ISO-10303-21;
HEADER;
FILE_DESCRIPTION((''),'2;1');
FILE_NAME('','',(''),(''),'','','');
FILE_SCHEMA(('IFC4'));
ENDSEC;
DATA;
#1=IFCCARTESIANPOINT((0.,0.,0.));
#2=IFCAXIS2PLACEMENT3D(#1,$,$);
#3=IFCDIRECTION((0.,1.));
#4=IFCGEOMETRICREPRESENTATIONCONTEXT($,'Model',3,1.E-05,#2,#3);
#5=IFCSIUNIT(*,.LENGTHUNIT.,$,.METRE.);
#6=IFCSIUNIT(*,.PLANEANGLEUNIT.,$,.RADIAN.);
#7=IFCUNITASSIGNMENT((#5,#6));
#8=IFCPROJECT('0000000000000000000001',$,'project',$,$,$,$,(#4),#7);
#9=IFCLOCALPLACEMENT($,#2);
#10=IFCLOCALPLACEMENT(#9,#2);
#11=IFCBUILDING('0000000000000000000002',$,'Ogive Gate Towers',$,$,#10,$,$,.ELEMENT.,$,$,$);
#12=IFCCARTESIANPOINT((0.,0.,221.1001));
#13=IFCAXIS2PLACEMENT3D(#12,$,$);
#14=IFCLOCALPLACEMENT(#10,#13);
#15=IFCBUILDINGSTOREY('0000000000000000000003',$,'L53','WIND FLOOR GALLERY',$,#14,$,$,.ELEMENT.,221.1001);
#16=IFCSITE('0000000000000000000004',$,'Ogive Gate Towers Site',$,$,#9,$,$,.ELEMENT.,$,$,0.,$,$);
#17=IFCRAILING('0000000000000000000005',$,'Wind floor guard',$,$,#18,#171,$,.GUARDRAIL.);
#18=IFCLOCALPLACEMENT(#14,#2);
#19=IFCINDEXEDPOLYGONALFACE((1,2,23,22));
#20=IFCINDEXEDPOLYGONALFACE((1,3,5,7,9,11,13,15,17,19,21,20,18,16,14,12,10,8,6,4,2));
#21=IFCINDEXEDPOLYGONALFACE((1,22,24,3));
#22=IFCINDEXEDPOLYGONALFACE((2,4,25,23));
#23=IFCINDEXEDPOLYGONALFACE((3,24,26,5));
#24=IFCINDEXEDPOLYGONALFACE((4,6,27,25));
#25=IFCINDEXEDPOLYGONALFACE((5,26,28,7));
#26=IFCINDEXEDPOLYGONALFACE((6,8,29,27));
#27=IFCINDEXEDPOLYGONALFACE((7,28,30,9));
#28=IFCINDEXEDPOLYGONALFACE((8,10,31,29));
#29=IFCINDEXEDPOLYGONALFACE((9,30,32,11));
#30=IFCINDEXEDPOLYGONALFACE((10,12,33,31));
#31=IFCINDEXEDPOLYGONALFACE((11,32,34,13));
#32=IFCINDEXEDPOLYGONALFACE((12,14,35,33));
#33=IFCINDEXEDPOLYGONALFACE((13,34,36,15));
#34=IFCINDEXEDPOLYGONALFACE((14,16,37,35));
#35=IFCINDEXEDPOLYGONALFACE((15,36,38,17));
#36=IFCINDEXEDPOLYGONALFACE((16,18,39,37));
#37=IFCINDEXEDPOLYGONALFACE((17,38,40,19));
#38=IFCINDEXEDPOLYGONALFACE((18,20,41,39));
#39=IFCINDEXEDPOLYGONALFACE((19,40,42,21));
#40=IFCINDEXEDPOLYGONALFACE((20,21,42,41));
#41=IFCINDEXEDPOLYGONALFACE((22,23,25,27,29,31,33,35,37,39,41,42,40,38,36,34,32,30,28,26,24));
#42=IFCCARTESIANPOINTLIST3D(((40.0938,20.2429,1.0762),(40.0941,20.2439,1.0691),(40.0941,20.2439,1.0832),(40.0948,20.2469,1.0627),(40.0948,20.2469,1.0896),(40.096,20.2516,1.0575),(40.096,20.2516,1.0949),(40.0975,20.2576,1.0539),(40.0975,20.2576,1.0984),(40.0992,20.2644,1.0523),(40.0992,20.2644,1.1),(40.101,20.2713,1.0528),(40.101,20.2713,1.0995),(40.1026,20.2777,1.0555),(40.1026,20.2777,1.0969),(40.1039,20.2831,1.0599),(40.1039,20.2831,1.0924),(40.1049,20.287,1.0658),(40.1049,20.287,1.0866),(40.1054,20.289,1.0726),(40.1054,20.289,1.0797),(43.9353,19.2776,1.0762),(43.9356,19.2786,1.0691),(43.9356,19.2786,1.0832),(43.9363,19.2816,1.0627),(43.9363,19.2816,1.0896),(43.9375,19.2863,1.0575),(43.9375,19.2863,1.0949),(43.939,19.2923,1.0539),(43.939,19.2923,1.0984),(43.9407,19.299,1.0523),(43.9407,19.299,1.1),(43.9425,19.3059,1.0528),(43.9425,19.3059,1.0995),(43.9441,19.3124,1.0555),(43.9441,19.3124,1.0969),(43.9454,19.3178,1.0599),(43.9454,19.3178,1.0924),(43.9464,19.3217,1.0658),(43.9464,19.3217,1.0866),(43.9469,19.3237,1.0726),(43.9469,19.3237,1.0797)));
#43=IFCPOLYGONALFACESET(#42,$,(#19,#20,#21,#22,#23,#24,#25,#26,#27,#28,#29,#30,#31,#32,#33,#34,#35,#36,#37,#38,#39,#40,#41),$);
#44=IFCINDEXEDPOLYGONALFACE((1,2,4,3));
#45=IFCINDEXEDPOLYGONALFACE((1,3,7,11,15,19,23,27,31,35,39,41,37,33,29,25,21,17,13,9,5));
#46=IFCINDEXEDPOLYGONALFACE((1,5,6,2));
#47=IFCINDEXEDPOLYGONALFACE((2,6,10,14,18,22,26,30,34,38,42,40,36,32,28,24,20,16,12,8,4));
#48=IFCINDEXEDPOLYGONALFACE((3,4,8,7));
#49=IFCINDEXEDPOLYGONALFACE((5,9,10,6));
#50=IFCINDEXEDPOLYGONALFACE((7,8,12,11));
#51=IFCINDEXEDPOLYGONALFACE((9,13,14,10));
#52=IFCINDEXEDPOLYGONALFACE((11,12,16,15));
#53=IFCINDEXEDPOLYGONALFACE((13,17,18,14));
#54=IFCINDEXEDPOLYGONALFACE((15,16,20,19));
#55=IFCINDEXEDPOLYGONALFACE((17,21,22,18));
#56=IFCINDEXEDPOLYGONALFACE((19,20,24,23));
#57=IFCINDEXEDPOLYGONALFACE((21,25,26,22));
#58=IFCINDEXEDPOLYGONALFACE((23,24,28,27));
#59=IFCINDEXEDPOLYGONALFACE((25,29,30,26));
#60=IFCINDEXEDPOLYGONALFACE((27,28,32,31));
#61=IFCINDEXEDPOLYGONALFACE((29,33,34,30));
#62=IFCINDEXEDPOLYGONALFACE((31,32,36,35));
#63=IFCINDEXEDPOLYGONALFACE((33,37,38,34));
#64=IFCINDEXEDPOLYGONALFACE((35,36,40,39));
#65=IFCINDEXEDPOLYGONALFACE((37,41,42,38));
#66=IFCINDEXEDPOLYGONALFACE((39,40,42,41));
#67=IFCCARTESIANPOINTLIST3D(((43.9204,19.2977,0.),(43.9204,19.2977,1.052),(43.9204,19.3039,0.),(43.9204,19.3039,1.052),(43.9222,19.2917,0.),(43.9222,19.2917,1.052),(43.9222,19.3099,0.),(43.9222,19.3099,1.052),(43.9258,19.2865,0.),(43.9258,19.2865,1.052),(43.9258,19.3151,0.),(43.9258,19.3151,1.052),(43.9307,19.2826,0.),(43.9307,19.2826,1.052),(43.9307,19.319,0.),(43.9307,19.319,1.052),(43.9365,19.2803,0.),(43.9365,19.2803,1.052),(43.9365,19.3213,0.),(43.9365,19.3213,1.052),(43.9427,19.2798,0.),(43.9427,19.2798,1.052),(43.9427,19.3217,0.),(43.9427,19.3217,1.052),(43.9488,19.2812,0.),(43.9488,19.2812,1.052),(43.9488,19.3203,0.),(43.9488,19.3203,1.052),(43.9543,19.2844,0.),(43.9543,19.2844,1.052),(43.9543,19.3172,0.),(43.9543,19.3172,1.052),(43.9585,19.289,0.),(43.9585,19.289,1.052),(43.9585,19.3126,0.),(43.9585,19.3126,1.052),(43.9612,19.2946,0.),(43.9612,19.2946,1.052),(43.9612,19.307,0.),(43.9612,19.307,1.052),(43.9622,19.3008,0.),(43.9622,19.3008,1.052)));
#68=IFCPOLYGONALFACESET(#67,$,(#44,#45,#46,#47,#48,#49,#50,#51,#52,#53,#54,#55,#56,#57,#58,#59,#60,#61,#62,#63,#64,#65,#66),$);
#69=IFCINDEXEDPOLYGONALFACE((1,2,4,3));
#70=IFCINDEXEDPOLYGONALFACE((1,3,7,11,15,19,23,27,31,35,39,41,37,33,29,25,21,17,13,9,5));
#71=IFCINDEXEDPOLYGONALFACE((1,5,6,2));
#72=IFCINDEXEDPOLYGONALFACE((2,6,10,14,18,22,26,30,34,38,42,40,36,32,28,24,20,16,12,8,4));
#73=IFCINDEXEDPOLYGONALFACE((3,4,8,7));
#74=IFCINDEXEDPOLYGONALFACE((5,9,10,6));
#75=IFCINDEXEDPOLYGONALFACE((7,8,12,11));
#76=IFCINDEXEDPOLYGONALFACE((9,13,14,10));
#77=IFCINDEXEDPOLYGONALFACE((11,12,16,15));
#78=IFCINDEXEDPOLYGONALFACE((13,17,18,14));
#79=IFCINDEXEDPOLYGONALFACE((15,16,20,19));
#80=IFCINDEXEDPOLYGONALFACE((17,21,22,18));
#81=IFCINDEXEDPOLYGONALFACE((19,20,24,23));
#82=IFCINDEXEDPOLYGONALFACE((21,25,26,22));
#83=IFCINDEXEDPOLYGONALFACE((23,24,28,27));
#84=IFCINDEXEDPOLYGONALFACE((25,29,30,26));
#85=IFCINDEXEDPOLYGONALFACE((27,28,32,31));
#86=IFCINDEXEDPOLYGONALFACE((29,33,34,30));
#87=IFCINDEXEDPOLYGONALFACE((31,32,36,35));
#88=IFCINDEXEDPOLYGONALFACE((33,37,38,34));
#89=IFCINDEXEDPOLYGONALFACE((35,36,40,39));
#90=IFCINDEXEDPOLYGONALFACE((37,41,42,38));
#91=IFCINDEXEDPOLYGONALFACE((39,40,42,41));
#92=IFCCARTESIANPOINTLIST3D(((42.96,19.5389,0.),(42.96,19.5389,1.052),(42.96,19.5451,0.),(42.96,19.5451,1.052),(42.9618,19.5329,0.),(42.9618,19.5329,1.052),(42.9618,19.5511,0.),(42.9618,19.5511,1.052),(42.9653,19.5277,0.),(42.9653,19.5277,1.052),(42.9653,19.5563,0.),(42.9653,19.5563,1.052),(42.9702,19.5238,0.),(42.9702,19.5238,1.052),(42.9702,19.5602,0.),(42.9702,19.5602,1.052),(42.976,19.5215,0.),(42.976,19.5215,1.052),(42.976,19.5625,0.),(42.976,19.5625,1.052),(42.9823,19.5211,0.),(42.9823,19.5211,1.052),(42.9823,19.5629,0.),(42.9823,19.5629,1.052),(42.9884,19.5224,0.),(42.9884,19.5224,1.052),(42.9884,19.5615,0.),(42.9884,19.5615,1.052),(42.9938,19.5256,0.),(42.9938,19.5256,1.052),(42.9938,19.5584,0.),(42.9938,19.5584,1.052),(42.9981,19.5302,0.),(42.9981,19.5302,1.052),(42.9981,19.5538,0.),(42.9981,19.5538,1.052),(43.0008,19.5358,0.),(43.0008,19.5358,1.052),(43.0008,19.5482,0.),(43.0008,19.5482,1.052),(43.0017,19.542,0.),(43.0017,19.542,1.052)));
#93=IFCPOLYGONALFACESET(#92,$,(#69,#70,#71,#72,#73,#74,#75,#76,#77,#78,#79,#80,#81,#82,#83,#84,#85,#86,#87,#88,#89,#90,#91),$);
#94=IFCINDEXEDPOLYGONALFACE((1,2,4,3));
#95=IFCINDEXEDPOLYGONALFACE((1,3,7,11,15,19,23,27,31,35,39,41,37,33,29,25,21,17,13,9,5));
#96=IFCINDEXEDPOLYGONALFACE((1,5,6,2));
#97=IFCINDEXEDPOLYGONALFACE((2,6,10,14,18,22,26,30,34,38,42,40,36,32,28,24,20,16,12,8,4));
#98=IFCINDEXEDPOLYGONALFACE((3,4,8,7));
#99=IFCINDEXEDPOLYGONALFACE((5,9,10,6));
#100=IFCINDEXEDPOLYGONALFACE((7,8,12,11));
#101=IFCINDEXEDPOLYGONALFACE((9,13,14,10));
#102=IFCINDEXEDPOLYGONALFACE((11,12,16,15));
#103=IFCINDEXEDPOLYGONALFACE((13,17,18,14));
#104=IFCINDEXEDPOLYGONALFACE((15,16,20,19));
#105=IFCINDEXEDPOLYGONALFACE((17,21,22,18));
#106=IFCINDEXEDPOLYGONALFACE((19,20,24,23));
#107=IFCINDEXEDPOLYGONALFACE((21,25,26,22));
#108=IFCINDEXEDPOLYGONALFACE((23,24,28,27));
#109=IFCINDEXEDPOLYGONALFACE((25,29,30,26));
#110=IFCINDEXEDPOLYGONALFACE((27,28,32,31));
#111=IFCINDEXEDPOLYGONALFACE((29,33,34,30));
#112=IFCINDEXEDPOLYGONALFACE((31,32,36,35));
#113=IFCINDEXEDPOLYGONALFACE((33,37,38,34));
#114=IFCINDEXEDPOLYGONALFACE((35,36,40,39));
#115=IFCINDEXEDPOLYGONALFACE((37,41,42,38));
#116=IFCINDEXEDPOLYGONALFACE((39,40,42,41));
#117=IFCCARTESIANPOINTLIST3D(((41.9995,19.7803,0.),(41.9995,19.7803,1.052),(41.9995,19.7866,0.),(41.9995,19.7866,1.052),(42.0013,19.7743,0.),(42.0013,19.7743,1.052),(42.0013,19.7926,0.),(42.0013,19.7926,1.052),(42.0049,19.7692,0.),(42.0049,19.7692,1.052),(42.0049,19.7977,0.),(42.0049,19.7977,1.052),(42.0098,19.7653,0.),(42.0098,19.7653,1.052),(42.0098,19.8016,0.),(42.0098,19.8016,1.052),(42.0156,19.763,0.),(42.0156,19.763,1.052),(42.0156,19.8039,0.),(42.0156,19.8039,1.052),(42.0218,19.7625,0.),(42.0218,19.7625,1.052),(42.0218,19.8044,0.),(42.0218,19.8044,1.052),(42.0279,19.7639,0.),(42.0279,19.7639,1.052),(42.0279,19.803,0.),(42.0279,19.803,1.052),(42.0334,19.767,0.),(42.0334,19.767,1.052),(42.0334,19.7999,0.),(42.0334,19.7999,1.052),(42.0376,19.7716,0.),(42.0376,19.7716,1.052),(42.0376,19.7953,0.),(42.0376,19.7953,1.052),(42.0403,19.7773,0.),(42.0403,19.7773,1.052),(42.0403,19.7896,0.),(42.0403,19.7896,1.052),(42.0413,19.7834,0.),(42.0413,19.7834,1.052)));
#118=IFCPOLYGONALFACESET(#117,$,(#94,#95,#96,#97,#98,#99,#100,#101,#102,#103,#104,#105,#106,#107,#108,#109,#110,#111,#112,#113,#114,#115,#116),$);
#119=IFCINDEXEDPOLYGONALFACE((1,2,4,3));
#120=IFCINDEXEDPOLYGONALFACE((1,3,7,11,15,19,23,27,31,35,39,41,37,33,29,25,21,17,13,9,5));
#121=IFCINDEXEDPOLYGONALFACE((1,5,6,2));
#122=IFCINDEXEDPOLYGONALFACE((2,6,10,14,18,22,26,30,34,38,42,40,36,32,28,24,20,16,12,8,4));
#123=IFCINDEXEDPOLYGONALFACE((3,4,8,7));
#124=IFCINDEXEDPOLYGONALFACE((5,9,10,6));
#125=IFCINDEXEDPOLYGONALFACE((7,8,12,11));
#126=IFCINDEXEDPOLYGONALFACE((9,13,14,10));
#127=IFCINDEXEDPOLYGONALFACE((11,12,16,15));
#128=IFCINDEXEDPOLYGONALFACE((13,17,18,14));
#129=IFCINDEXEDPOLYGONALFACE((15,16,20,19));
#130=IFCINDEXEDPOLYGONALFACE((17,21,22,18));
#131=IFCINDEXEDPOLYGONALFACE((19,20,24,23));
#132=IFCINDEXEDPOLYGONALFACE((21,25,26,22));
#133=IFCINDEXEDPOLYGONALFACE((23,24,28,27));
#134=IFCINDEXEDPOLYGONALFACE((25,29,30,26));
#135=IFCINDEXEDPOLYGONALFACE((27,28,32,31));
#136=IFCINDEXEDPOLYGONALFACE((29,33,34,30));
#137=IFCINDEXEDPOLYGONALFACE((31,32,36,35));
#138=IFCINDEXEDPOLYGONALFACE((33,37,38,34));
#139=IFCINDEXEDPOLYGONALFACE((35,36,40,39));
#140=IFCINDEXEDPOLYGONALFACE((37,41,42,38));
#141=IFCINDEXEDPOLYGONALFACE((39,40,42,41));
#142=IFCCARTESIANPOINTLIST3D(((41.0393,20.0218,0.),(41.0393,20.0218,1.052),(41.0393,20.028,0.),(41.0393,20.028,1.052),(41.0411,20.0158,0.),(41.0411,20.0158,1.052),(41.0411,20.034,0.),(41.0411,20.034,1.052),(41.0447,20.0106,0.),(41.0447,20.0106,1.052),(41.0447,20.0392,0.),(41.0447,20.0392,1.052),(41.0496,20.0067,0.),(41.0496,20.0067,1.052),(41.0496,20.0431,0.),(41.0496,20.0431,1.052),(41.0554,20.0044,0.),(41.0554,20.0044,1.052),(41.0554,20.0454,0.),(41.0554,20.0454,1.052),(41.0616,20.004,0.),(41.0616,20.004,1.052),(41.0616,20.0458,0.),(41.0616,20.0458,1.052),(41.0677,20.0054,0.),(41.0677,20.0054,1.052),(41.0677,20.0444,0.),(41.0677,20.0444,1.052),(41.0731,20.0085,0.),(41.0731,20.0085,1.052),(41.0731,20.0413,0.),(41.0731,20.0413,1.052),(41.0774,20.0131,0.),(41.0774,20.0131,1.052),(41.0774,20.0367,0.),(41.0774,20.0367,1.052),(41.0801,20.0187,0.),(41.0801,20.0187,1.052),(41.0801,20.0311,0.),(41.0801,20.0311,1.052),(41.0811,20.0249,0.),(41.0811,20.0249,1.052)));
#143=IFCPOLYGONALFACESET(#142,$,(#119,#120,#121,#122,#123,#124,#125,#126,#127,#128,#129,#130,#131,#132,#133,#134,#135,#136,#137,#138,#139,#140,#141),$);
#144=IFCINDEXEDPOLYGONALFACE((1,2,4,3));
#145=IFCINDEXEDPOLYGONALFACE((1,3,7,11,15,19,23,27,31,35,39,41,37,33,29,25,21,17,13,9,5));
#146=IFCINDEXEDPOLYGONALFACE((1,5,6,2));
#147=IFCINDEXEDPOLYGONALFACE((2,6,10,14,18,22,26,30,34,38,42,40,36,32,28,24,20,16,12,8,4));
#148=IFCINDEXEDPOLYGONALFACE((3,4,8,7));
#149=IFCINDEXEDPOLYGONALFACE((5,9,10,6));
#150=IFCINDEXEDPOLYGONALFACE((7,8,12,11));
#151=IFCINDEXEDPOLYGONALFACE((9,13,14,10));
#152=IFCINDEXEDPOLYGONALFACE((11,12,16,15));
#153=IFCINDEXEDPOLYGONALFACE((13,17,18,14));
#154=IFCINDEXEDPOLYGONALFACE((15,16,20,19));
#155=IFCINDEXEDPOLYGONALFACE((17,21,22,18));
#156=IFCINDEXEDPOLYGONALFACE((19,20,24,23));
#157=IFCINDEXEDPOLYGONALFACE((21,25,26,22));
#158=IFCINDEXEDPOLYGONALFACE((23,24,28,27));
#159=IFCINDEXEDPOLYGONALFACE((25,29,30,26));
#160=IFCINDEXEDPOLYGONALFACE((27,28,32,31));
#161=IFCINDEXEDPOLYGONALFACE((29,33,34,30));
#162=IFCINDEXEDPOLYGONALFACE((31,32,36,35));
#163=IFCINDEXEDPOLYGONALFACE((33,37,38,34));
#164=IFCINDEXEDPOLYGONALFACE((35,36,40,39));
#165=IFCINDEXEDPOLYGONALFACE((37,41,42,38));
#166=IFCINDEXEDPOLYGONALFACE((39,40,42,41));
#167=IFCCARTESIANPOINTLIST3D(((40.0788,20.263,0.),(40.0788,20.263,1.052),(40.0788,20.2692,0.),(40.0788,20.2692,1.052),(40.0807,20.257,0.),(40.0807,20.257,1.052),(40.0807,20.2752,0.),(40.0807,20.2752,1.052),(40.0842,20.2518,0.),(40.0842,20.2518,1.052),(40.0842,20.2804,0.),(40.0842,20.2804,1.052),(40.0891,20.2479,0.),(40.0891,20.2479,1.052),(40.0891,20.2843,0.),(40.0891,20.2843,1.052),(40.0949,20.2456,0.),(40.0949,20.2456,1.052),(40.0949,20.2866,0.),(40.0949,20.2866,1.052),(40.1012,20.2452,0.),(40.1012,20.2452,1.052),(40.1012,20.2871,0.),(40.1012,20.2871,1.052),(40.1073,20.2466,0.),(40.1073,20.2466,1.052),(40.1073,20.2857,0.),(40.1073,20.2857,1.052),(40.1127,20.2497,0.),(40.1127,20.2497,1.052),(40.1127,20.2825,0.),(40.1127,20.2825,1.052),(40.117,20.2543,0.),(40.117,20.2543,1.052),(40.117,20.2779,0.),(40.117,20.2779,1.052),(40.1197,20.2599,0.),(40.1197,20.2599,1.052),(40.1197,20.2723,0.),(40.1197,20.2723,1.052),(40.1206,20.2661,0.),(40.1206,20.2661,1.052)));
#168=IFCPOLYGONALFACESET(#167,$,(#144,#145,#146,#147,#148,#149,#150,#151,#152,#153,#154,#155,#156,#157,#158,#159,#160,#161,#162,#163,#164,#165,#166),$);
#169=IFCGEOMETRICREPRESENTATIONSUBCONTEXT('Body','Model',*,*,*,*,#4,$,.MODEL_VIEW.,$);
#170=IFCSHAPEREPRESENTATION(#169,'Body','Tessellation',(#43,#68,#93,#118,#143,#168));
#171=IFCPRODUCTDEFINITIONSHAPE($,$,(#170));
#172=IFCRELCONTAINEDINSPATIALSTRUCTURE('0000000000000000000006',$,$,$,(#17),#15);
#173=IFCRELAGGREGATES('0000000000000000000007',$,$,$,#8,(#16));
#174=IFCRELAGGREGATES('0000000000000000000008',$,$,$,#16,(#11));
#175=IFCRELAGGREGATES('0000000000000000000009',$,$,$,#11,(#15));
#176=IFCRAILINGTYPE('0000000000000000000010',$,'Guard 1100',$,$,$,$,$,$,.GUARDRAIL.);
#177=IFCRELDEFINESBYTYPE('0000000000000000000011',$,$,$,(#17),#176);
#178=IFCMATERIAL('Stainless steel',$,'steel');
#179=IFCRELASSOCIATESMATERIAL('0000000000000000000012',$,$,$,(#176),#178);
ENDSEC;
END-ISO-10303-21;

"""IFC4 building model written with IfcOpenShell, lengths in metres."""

from ifc_helpers import new_model, si_unit, direction, frame, origin, origin_2d, place, context, subcontext, project, spatial, circle, extrude, material, type_object, element, save


model = new_model("IFC4")

# Units and contexts
model_context = context("Model", 3, precision=1e-05, world=origin(), true_north=direction((0.0, 1.0)))
body_context = subcontext(model_context, "Body", "Model", "MODEL_VIEW")
ifc_project = project(units=[si_unit("LENGTHUNIT", "METRE"), si_unit("PLANEANGLEUNIT", "RADIAN")], contexts=[model_context])

# Site, building, storey
site_placement = place(None, origin())
site = spatial("IfcSite", under=ifc_project, at=site_placement, Name="Ogive Gate Towers Site", CompositionType="ELEMENT", RefElevation=0.0)
building_placement = place(site_placement, origin())
building = spatial("IfcBuilding", under=site, at=building_placement, Name="Ogive Gate Towers", CompositionType="ELEMENT")
storey_placement = place(building_placement, frame((0.0, 0.0, 221.1001)))
storey = spatial("IfcBuildingStorey", under=building, at=storey_placement, Name="L53", Description="WIND FLOOR GALLERY", CompositionType="ELEMENT", Elevation=221.1001)

# Railing
ifc_material_1 = material(Name="Stainless steel", Category="steel")
railing_type_1 = type_object("IfcRailingType", Name="Guard 1100", PredefinedType="GUARDRAIL", material=ifc_material_1)
railing_1_placement = place(storey_placement, frame((43.9412, 19.3008, 0.0)))
element("IfcRailing", 1, at=railing_1_placement, inside=storey, type_object=railing_type_1, Name="Wind floor guard", PredefinedType="GUARDRAIL", context=body_context, shape_type="SweptSolid", body=[
    extrude(circle(Radius=0.0239, at=origin_2d()), frame((0.0, 0.0, 1.0762), z_axis=(-0.969848, 0.24371, 0.0), x_axis=(-0.24371, -0.969848, 0.0)), (0.0, 0.0, 1.0), 3.9609),
    extrude(circle(Radius=0.021, at=origin_2d()), origin(), (0.0, 0.0, 1.0), 1.052),
    extrude(circle(Radius=0.021, at=origin_2d()), frame((-0.9604, 0.2412, 0.0)), (0.0, 0.0, 1.0), 1.052),
    extrude(circle(Radius=0.021, at=origin_2d()), frame((-1.9209, 0.4827, 0.0)), (0.0, 0.0, 1.0), 1.052),
    extrude(circle(Radius=0.021, at=origin_2d()), frame((-2.8811, 0.7241, 0.0)), (0.0, 0.0, 1.0), 1.052),
    extrude(circle(Radius=0.021, at=origin_2d()), frame((-3.8416, 0.9653, 0.0)), (0.0, 0.0, 1.0), 1.052),
])

save(model, "model.ifc")
